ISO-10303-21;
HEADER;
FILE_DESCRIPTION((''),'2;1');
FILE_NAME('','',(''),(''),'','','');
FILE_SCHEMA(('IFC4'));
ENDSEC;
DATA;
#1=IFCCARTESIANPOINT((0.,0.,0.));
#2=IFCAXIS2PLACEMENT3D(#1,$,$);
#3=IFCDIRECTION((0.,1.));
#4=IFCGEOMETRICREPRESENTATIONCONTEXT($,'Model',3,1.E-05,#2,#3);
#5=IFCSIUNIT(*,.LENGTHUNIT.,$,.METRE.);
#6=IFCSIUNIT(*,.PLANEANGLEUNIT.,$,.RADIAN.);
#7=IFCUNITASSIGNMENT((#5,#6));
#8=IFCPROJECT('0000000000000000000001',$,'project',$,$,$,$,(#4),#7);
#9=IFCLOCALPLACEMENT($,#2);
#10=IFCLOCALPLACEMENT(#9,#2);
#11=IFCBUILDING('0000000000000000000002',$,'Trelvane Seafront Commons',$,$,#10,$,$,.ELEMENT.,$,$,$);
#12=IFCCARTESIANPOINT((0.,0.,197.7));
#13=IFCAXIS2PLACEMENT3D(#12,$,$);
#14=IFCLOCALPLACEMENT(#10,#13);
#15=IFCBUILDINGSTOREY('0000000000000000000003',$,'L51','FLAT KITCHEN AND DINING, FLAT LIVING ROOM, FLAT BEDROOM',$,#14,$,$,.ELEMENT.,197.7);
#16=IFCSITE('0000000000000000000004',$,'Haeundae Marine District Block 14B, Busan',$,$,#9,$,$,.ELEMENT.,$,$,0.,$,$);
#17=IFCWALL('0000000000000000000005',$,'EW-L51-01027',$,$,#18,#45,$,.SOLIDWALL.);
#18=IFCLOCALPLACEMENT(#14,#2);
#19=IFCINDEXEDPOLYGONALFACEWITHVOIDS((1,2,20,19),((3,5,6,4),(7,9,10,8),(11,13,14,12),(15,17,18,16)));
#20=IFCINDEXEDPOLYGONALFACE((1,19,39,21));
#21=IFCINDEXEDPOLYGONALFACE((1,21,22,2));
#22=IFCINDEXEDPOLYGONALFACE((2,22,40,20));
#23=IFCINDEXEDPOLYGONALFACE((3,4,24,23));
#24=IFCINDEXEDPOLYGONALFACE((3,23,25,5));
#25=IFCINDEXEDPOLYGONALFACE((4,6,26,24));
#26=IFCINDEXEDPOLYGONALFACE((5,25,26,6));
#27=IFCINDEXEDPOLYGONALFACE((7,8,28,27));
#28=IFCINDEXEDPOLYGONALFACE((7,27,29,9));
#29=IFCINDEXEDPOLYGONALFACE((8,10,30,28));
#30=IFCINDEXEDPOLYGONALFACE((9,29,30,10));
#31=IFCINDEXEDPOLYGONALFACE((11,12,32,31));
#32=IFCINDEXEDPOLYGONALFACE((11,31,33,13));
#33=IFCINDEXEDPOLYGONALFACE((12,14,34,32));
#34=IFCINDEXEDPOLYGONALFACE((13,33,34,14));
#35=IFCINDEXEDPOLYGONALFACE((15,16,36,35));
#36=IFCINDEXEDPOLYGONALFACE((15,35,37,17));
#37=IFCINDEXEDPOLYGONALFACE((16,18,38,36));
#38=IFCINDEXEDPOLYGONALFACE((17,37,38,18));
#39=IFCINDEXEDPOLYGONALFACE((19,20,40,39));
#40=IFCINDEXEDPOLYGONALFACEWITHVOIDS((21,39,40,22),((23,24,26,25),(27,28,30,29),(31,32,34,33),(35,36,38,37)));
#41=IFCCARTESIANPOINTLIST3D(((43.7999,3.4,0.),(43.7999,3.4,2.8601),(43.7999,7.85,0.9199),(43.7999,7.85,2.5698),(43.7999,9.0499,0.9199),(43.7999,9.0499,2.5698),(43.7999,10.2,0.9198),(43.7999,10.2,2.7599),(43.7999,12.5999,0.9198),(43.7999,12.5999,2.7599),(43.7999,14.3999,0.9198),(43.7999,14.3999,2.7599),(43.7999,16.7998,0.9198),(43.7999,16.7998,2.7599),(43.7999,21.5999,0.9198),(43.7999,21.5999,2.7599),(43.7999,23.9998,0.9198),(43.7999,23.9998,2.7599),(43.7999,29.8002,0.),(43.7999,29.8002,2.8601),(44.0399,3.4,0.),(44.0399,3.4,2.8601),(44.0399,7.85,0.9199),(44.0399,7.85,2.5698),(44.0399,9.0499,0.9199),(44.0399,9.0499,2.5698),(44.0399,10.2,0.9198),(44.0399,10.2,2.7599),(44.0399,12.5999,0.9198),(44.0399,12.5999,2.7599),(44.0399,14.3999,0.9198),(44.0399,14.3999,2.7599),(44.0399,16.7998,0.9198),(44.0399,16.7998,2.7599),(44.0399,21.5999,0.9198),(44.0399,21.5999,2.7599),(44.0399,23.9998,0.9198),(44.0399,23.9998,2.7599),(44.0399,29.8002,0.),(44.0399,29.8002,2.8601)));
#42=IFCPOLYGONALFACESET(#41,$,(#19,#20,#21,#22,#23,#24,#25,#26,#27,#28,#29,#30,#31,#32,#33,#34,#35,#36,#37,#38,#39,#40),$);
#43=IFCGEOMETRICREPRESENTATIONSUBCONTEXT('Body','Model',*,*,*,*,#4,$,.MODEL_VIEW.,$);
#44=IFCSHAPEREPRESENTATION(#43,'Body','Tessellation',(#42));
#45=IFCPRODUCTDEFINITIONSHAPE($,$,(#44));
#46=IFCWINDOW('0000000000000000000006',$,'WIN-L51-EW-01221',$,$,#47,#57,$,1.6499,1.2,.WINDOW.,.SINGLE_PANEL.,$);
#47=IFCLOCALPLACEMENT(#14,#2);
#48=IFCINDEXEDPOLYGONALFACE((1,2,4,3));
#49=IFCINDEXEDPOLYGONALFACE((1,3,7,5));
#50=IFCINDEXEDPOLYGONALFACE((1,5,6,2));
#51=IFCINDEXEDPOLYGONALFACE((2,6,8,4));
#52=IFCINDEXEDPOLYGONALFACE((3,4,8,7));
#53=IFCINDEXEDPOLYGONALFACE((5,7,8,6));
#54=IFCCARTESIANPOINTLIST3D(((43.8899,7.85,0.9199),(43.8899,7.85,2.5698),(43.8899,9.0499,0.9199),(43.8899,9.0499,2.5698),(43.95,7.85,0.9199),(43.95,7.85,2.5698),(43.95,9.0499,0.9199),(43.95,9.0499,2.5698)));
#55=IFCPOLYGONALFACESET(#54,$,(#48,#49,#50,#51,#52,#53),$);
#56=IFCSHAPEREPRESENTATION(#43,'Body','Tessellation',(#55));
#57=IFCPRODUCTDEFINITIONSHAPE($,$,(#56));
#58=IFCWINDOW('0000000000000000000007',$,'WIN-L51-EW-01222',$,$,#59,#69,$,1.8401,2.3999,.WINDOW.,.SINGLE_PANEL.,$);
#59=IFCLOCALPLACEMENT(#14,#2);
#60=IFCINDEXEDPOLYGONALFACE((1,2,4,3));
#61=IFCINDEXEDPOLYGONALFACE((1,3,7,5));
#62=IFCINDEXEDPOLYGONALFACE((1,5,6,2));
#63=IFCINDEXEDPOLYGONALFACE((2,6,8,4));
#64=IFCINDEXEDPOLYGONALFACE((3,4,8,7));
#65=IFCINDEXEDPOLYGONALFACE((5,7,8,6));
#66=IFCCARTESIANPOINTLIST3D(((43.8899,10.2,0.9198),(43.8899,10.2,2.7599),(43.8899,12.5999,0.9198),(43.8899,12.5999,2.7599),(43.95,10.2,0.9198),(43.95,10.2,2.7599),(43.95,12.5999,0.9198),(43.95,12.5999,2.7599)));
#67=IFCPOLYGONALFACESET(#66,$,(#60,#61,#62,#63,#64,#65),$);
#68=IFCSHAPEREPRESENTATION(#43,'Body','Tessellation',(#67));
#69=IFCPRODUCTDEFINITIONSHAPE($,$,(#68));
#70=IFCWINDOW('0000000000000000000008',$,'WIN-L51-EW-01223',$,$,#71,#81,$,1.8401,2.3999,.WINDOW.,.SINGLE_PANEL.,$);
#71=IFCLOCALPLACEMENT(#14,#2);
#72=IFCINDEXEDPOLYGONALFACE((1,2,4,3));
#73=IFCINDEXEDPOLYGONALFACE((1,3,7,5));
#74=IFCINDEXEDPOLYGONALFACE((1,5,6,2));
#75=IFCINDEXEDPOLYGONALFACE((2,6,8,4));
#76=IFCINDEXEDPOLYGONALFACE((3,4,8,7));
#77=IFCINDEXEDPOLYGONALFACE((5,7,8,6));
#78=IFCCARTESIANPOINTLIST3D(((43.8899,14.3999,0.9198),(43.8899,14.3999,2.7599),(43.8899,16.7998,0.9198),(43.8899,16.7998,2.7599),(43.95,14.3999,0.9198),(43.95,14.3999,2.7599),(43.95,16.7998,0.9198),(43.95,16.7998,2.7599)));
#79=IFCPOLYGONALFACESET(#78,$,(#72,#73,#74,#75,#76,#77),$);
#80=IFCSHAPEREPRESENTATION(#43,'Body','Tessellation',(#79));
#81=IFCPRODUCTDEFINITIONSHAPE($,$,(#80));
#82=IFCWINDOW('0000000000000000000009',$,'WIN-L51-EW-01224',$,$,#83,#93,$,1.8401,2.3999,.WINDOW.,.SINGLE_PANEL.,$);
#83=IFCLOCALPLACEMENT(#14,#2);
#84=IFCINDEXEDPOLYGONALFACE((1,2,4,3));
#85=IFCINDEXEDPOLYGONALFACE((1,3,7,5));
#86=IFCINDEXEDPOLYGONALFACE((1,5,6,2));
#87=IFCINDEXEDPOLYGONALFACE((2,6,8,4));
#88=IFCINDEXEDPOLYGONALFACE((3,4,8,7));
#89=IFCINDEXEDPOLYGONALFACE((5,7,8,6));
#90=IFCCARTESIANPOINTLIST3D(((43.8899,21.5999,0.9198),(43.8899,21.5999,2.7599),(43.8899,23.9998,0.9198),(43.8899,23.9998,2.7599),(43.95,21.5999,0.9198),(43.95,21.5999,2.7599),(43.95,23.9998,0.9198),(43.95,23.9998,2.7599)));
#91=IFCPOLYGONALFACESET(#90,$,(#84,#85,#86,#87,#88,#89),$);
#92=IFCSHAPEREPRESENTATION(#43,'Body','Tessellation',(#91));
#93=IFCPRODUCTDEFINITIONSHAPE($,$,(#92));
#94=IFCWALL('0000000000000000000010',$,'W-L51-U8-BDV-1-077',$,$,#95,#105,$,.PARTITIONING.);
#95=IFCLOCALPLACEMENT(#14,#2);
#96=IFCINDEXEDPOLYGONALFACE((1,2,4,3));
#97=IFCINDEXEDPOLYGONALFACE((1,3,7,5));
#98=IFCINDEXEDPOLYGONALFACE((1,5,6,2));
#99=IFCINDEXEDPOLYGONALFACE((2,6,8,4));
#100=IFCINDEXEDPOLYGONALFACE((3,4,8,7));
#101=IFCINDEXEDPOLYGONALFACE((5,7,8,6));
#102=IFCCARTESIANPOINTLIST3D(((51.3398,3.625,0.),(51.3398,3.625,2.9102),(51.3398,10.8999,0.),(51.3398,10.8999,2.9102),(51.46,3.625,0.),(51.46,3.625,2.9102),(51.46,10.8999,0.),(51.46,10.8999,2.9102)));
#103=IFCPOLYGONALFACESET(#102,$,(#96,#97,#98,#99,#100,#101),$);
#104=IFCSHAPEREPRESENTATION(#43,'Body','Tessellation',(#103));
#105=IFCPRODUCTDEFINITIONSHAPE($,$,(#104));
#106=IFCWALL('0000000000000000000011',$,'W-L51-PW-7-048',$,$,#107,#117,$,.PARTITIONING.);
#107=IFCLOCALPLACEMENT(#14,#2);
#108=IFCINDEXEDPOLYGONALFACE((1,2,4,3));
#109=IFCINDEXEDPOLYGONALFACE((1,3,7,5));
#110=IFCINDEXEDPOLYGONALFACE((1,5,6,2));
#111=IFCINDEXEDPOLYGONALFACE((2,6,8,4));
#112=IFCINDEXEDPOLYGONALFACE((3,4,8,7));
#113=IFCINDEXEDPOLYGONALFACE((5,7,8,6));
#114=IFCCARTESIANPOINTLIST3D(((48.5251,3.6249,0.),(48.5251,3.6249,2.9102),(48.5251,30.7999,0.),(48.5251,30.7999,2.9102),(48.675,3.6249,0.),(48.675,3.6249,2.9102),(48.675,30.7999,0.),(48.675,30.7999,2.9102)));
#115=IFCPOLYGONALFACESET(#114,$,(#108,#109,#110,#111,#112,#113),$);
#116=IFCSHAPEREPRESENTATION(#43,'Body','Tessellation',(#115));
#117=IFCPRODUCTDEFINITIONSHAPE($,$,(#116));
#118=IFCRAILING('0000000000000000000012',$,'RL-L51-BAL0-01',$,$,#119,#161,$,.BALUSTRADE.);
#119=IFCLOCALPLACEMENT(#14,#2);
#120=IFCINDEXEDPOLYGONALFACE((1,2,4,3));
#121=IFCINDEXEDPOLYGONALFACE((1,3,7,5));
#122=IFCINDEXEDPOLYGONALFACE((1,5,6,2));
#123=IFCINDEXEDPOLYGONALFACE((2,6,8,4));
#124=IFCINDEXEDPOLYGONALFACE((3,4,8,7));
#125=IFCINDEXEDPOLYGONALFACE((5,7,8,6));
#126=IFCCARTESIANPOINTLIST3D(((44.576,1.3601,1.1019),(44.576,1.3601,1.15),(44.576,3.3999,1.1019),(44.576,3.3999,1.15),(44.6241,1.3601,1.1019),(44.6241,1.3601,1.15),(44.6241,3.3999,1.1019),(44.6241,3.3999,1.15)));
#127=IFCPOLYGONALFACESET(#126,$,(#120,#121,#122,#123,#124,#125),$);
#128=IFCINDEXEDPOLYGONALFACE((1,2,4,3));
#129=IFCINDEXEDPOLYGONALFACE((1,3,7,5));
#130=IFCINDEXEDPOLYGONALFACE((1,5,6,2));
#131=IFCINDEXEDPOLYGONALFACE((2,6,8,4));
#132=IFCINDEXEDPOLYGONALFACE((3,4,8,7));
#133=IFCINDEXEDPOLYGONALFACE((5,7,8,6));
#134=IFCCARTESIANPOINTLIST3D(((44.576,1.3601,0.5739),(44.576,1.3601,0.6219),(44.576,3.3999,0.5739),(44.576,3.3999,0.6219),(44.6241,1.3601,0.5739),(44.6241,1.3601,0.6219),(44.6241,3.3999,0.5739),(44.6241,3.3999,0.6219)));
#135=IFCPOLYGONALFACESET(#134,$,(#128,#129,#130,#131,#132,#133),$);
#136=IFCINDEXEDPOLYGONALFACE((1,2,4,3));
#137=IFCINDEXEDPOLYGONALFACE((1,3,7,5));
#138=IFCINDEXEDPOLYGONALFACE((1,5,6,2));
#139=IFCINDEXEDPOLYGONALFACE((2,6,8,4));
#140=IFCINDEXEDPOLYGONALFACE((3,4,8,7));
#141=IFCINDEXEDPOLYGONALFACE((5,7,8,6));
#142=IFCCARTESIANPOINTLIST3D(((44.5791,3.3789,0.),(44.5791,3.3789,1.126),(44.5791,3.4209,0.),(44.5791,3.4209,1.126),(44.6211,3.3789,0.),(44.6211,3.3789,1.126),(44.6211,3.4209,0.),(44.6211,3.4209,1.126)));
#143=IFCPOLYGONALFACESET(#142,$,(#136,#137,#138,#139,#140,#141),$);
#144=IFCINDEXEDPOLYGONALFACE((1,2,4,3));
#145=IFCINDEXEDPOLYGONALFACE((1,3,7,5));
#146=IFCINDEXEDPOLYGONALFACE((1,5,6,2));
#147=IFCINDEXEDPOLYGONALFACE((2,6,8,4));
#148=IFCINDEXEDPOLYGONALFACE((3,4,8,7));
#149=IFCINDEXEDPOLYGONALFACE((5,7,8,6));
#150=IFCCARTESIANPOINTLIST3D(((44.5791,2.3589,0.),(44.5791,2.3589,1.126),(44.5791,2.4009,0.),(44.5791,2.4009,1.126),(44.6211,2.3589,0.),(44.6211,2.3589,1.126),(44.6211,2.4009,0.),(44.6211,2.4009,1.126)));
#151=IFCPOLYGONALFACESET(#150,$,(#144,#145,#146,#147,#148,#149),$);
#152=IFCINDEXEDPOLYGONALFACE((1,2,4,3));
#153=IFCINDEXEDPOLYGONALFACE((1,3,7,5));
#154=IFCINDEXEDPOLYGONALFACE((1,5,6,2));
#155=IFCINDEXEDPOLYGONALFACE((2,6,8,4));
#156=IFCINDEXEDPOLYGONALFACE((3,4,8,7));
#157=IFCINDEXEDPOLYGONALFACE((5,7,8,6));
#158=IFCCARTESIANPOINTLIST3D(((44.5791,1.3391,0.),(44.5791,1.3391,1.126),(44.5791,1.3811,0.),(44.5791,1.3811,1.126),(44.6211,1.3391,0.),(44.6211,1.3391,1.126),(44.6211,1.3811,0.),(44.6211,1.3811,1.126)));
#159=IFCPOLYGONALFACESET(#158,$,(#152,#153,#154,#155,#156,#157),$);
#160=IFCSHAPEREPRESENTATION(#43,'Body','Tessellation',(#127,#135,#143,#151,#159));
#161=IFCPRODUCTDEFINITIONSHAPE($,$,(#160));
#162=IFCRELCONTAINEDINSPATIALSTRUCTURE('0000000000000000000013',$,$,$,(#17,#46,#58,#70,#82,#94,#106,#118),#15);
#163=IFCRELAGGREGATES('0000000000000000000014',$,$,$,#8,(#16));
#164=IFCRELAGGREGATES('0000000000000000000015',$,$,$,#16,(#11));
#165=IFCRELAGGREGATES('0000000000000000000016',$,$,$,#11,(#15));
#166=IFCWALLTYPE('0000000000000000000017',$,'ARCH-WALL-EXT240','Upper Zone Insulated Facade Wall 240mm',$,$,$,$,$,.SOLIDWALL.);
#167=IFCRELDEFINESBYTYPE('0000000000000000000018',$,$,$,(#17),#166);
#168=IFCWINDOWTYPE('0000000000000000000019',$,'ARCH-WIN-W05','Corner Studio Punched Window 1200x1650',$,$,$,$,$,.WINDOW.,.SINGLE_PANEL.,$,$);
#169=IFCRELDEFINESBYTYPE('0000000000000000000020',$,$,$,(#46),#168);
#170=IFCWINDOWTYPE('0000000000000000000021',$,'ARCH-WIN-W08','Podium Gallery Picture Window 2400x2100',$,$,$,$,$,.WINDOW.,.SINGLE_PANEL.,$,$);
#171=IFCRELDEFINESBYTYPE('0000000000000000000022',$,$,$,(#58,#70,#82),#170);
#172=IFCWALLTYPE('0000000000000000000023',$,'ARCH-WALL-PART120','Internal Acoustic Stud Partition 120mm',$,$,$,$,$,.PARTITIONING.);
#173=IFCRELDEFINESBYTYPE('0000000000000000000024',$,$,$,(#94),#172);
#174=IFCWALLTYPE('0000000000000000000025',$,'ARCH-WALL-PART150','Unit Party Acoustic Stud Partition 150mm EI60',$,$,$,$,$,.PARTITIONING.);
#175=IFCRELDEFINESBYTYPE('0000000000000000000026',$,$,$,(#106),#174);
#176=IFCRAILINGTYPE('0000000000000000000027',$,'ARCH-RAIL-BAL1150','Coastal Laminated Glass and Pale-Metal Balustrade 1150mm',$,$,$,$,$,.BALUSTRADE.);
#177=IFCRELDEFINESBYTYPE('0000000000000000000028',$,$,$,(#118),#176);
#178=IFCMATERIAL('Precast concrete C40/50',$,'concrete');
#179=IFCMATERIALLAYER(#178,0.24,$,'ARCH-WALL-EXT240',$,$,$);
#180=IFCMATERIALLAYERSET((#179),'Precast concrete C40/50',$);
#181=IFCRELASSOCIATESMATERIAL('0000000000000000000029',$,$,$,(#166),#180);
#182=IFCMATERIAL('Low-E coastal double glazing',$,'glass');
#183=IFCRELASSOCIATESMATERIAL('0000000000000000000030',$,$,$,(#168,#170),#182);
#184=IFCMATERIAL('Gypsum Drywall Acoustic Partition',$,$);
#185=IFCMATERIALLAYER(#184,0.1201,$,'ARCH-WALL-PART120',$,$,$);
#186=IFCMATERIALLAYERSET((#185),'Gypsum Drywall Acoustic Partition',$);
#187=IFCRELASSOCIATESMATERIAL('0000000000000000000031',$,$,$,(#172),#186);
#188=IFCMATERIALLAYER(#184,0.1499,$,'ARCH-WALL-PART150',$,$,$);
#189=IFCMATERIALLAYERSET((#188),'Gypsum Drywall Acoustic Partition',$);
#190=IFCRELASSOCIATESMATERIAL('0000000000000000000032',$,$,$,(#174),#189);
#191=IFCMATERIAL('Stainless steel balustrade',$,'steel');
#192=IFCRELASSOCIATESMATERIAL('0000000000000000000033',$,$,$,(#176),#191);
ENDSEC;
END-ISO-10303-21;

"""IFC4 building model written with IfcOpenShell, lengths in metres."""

from ifc_helpers import new_model, si_unit, direction, frame, frame_2d, origin, origin_2d, place, context, subcontext, project, spatial, rectangle, extrude, source, transform, mapped, material, layer, layer_set, type_object, element, fill, save


model = new_model("IFC4")

# Units and contexts
model_context = context("Model", 3, precision=1e-05, world=origin(), true_north=direction((0.0, 1.0)))
body_context = subcontext(model_context, "Body", "Model", "MODEL_VIEW")
ifc_project = project(units=[si_unit("LENGTHUNIT", "METRE"), si_unit("PLANEANGLEUNIT", "RADIAN")], contexts=[model_context])

# Site, building, storey
site_placement = place(None, origin())
site = spatial("IfcSite", under=ifc_project, at=site_placement, Name="Haeundae Marine District Block 14B, Busan", CompositionType="ELEMENT", RefElevation=0.0)
building_placement = place(site_placement, origin())
building = spatial("IfcBuilding", under=site, at=building_placement, Name="Trelvane Seafront Commons", CompositionType="ELEMENT")
storey_placement = place(building_placement, frame((0.0, 0.0, 197.7)))
storey = spatial("IfcBuildingStorey", under=building, at=storey_placement, Name="L51", Description="FLAT KITCHEN AND DINING, FLAT LIVING ROOM, FLAT BEDROOM", CompositionType="ELEMENT", Elevation=197.7)

# Wall, openings, windows
ifc_material_1 = material(Name="Precast concrete C40/50", Category="concrete")
ifc_layer_1 = layer(ifc_material_1, 0.24, Name="ARCH-WALL-EXT240")
ifc_layer_set_1 = layer_set([ifc_layer_1], Name="Precast concrete C40/50")
wall_type_1 = type_object("IfcWallType", Name="ARCH-WALL-EXT240", Description="Upper Zone Insulated Facade Wall 240mm", PredefinedType="SOLIDWALL", material=ifc_layer_set_1)
wall_1_placement = place(storey_placement, frame((43.9199, 3.3999, 0.0), z_axis=(0.0, 0.0, 1.0), x_axis=(0.0, 1.0, 0.0)))
wall_1 = element("IfcWall", 1, at=wall_1_placement, inside=storey, type_object=wall_type_1, Name="EW-L51-01027", PredefinedType="SOLIDWALL", context=body_context, shape_type="SweptSolid", body=[
    extrude(rectangle(XDim=26.4001, YDim=0.24, at=frame_2d((13.2002, 0.0))), origin(), (0.0, 0.0, 1.0), 2.8601),
])
opening_1_placement = place(wall_1_placement, frame((4.45, 0.0, 0.9199)))
opening_1 = element("IfcOpeningElement", 2, at=opening_1_placement, cuts=wall_1, PredefinedType="OPENING", context=body_context, shape_type="SweptSolid", body=[
    extrude(rectangle(XDim=1.2, YDim=1.6499, at=frame_2d((0.6001, 0.825))), frame((0.0, 0.1299, 0.0), z_axis=(0.0, -1.0, 0.0), x_axis=(1.0, 0.0, 0.0)), (0.0, 0.0, 1.0), 0.26),
])
opening_2_placement = place(wall_1_placement, frame((6.8, 0.0, 0.9199)))
opening_2 = element("IfcOpeningElement", 3, at=opening_2_placement, cuts=wall_1, PredefinedType="OPENING", context=body_context, shape_type="SweptSolid", body=[
    extrude(rectangle(XDim=2.3999, YDim=1.8401, at=frame_2d((1.2, 0.9199))), frame((0.0, 0.1299, 0.0), z_axis=(0.0, -1.0, 0.0), x_axis=(1.0, 0.0, 0.0)), (0.0, 0.0, 1.0), 0.26),
])
opening_3_placement = place(wall_1_placement, frame((11.0, 0.0, 0.9199)))
opening_3 = element("IfcOpeningElement", 4, at=opening_3_placement, cuts=wall_1, PredefinedType="OPENING", context=body_context, shape_type="SweptSolid", body=[
    extrude(rectangle(XDim=2.3999, YDim=1.8401, at=frame_2d((1.2, 0.9199))), frame((0.0, 0.1299, 0.0), z_axis=(0.0, -1.0, 0.0), x_axis=(1.0, 0.0, 0.0)), (0.0, 0.0, 1.0), 0.26),
])
opening_4_placement = place(wall_1_placement, frame((18.2, 0.0, 0.9199)))
opening_4 = element("IfcOpeningElement", 5, at=opening_4_placement, cuts=wall_1, PredefinedType="OPENING", context=body_context, shape_type="SweptSolid", body=[
    extrude(rectangle(XDim=2.3999, YDim=1.8401, at=frame_2d((1.2, 0.9199))), frame((0.0, 0.1299, 0.0), z_axis=(0.0, -1.0, 0.0), x_axis=(1.0, 0.0, 0.0)), (0.0, 0.0, 1.0), 0.26),
])
ifc_material_2 = material(Name="Low-E coastal double glazing", Category="glass")
window_type_1 = type_object("IfcWindowType", Name="ARCH-WIN-W05", Description="Corner Studio Punched Window 1200x1650", PartitioningType="SINGLE_PANEL", PredefinedType="WINDOW", material=ifc_material_2)
shared_shape_1 = source(origin(), body_context, "Body", "SweptSolid", [
    extrude(rectangle(XDim=1.2, YDim=1.6499, at=frame_2d((0.6001, 0.825))), frame((0.0, 0.03, 0.0), z_axis=(0.0, -1.0, 0.0), x_axis=(1.0, 0.0, 0.0)), (0.0, 0.0, 1.0), 0.0601),
])
window_1_placement = place(opening_1_placement, origin())
window_1 = element("IfcWindow", 6, at=window_1_placement, inside=storey, type_object=window_type_1, Name="WIN-L51-EW-01221", OverallHeight=1.6499, OverallWidth=1.2, PartitioningType="SINGLE_PANEL", PredefinedType="WINDOW", context=body_context, shape_type="MappedRepresentation", body=[
    mapped(shared_shape_1, transform((0.0, 0.0, 0.0), x_axis=(1.0, 0.0, 0.0), y_axis=(0.0, 1.0, 0.0), z_axis=(0.0, 0.0, 1.0), scale=1.0)),
])
fill(opening_1, window_1)
window_type_2 = type_object("IfcWindowType", Name="ARCH-WIN-W08", Description="Podium Gallery Picture Window 2400x2100", PartitioningType="SINGLE_PANEL", PredefinedType="WINDOW", material=ifc_material_2)
shared_shape_2 = source(origin(), body_context, "Body", "SweptSolid", [
    extrude(rectangle(XDim=2.3999, YDim=1.8401, at=frame_2d((1.2, 0.9199))), frame((0.0, 0.03, 0.0), z_axis=(0.0, -1.0, 0.0), x_axis=(1.0, 0.0, 0.0)), (0.0, 0.0, 1.0), 0.0601),
])
window_2_placement = place(opening_2_placement, origin())
window_2 = element("IfcWindow", 7, at=window_2_placement, inside=storey, type_object=window_type_2, Name="WIN-L51-EW-01222", OverallHeight=1.8401, OverallWidth=2.3999, PartitioningType="SINGLE_PANEL", PredefinedType="WINDOW", context=body_context, shape_type="MappedRepresentation", body=[
    mapped(shared_shape_2, transform((0.0, 0.0, 0.0), x_axis=(1.0, 0.0, 0.0), y_axis=(0.0, 1.0, 0.0), z_axis=(0.0, 0.0, 1.0), scale=1.0)),
])
fill(opening_2, window_2)
window_3_placement = place(opening_3_placement, origin())
window_3 = element("IfcWindow", 8, at=window_3_placement, inside=storey, type_object=window_type_2, Name="WIN-L51-EW-01223", OverallHeight=1.8401, OverallWidth=2.3999, PartitioningType="SINGLE_PANEL", PredefinedType="WINDOW", context=body_context, shape_type="MappedRepresentation", body=[
    mapped(shared_shape_2, transform((0.0, 0.0, 0.0), x_axis=(1.0, 0.0, 0.0), y_axis=(0.0, 1.0, 0.0), z_axis=(0.0, 0.0, 1.0), scale=1.0)),
])
fill(opening_3, window_3)
window_4_placement = place(opening_4_placement, origin())
window_4 = element("IfcWindow", 9, at=window_4_placement, inside=storey, type_object=window_type_2, Name="WIN-L51-EW-01224", OverallHeight=1.8401, OverallWidth=2.3999, PartitioningType="SINGLE_PANEL", PredefinedType="WINDOW", context=body_context, shape_type="MappedRepresentation", body=[
    mapped(shared_shape_2, transform((0.0, 0.0, 0.0), x_axis=(1.0, 0.0, 0.0), y_axis=(0.0, 1.0, 0.0), z_axis=(0.0, 0.0, 1.0), scale=1.0)),
])
fill(opening_4, window_4)

# Walls
ifc_material_3 = material(Name="Gypsum Drywall Acoustic Partition")
ifc_layer_2 = layer(ifc_material_3, 0.1201, Name="ARCH-WALL-PART120")
ifc_layer_set_2 = layer_set([ifc_layer_2], Name="Gypsum Drywall Acoustic Partition")
wall_type_2 = type_object("IfcWallType", Name="ARCH-WALL-PART120", Description="Internal Acoustic Stud Partition 120mm", PredefinedType="PARTITIONING", material=ifc_layer_set_2)
wall_2_placement = place(storey_placement, frame((51.3999, 3.625, 0.0), z_axis=(0.0, 0.0, 1.0), x_axis=(0.0, 1.0, 0.0)))
element("IfcWall", 10, at=wall_2_placement, inside=storey, type_object=wall_type_2, Name="W-L51-U8-BDV-1-077", PredefinedType="PARTITIONING", context=body_context, shape_type="SweptSolid", body=[
    extrude(rectangle(XDim=7.2749, YDim=0.1201, at=frame_2d((3.6375, 0.0))), origin(), (0.0, 0.0, 1.0), 2.9102),
])
ifc_layer_3 = layer(ifc_material_3, 0.1499, Name="ARCH-WALL-PART150")
ifc_layer_set_3 = layer_set([ifc_layer_3], Name="Gypsum Drywall Acoustic Partition")
wall_type_3 = type_object("IfcWallType", Name="ARCH-WALL-PART150", Description="Unit Party Acoustic Stud Partition 150mm EI60", PredefinedType="PARTITIONING", material=ifc_layer_set_3)
wall_3_placement = place(storey_placement, frame((48.6001, 3.625, 0.0), z_axis=(0.0, 0.0, 1.0), x_axis=(0.0, 1.0, 0.0)))
element("IfcWall", 11, at=wall_3_placement, inside=storey, type_object=wall_type_3, Name="W-L51-PW-7-048", PredefinedType="PARTITIONING", context=body_context, shape_type="SweptSolid", body=[
    extrude(rectangle(XDim=27.175, YDim=0.1499, at=frame_2d((13.5874, 0.0))), origin(), (0.0, 0.0, 1.0), 2.9102),
])

# Railing
ifc_material_4 = material(Name="Stainless steel balustrade", Category="steel")
railing_type = type_object("IfcRailingType", Name="ARCH-RAIL-BAL1150", Description="Coastal Laminated Glass and Pale-Metal Balustrade 1150mm", PredefinedType="BALUSTRADE", material=ifc_material_4)
railing_1_placement = place(storey_placement, frame((44.6001, 3.3999, 0.0)))
element("IfcRailing", 12, at=railing_1_placement, inside=storey, type_object=railing_type, Name="RL-L51-BAL0-01", PredefinedType="BALUSTRADE", context=body_context, shape_type="SweptSolid", body=[
    extrude(rectangle(XDim=0.0481, YDim=0.0481, at=origin_2d()), frame((0.0, 0.0, 1.126), z_axis=(0.0, -1.0, 0.0), x_axis=(1.0, 0.0, 0.0)), (0.0, 0.0, 1.0), 2.0398),
    extrude(rectangle(XDim=0.0481, YDim=0.0481, at=origin_2d()), frame((0.0, 0.0, 0.5979), z_axis=(0.0, -1.0, 0.0), x_axis=(1.0, 0.0, 0.0)), (0.0, 0.0, 1.0), 2.0398),
    extrude(rectangle(XDim=0.042, YDim=0.042, at=origin_2d()), origin(), (0.0, 0.0, 1.0), 1.126),
    extrude(rectangle(XDim=0.042, YDim=0.042, at=origin_2d()), frame((0.0, -1.02, 0.0)), (0.0, 0.0, 1.0), 1.126),
    extrude(rectangle(XDim=0.042, YDim=0.042, at=origin_2d()), frame((0.0, -2.0398, 0.0)), (0.0, 0.0, 1.0), 1.126),
])

save(model, "model.ifc")
